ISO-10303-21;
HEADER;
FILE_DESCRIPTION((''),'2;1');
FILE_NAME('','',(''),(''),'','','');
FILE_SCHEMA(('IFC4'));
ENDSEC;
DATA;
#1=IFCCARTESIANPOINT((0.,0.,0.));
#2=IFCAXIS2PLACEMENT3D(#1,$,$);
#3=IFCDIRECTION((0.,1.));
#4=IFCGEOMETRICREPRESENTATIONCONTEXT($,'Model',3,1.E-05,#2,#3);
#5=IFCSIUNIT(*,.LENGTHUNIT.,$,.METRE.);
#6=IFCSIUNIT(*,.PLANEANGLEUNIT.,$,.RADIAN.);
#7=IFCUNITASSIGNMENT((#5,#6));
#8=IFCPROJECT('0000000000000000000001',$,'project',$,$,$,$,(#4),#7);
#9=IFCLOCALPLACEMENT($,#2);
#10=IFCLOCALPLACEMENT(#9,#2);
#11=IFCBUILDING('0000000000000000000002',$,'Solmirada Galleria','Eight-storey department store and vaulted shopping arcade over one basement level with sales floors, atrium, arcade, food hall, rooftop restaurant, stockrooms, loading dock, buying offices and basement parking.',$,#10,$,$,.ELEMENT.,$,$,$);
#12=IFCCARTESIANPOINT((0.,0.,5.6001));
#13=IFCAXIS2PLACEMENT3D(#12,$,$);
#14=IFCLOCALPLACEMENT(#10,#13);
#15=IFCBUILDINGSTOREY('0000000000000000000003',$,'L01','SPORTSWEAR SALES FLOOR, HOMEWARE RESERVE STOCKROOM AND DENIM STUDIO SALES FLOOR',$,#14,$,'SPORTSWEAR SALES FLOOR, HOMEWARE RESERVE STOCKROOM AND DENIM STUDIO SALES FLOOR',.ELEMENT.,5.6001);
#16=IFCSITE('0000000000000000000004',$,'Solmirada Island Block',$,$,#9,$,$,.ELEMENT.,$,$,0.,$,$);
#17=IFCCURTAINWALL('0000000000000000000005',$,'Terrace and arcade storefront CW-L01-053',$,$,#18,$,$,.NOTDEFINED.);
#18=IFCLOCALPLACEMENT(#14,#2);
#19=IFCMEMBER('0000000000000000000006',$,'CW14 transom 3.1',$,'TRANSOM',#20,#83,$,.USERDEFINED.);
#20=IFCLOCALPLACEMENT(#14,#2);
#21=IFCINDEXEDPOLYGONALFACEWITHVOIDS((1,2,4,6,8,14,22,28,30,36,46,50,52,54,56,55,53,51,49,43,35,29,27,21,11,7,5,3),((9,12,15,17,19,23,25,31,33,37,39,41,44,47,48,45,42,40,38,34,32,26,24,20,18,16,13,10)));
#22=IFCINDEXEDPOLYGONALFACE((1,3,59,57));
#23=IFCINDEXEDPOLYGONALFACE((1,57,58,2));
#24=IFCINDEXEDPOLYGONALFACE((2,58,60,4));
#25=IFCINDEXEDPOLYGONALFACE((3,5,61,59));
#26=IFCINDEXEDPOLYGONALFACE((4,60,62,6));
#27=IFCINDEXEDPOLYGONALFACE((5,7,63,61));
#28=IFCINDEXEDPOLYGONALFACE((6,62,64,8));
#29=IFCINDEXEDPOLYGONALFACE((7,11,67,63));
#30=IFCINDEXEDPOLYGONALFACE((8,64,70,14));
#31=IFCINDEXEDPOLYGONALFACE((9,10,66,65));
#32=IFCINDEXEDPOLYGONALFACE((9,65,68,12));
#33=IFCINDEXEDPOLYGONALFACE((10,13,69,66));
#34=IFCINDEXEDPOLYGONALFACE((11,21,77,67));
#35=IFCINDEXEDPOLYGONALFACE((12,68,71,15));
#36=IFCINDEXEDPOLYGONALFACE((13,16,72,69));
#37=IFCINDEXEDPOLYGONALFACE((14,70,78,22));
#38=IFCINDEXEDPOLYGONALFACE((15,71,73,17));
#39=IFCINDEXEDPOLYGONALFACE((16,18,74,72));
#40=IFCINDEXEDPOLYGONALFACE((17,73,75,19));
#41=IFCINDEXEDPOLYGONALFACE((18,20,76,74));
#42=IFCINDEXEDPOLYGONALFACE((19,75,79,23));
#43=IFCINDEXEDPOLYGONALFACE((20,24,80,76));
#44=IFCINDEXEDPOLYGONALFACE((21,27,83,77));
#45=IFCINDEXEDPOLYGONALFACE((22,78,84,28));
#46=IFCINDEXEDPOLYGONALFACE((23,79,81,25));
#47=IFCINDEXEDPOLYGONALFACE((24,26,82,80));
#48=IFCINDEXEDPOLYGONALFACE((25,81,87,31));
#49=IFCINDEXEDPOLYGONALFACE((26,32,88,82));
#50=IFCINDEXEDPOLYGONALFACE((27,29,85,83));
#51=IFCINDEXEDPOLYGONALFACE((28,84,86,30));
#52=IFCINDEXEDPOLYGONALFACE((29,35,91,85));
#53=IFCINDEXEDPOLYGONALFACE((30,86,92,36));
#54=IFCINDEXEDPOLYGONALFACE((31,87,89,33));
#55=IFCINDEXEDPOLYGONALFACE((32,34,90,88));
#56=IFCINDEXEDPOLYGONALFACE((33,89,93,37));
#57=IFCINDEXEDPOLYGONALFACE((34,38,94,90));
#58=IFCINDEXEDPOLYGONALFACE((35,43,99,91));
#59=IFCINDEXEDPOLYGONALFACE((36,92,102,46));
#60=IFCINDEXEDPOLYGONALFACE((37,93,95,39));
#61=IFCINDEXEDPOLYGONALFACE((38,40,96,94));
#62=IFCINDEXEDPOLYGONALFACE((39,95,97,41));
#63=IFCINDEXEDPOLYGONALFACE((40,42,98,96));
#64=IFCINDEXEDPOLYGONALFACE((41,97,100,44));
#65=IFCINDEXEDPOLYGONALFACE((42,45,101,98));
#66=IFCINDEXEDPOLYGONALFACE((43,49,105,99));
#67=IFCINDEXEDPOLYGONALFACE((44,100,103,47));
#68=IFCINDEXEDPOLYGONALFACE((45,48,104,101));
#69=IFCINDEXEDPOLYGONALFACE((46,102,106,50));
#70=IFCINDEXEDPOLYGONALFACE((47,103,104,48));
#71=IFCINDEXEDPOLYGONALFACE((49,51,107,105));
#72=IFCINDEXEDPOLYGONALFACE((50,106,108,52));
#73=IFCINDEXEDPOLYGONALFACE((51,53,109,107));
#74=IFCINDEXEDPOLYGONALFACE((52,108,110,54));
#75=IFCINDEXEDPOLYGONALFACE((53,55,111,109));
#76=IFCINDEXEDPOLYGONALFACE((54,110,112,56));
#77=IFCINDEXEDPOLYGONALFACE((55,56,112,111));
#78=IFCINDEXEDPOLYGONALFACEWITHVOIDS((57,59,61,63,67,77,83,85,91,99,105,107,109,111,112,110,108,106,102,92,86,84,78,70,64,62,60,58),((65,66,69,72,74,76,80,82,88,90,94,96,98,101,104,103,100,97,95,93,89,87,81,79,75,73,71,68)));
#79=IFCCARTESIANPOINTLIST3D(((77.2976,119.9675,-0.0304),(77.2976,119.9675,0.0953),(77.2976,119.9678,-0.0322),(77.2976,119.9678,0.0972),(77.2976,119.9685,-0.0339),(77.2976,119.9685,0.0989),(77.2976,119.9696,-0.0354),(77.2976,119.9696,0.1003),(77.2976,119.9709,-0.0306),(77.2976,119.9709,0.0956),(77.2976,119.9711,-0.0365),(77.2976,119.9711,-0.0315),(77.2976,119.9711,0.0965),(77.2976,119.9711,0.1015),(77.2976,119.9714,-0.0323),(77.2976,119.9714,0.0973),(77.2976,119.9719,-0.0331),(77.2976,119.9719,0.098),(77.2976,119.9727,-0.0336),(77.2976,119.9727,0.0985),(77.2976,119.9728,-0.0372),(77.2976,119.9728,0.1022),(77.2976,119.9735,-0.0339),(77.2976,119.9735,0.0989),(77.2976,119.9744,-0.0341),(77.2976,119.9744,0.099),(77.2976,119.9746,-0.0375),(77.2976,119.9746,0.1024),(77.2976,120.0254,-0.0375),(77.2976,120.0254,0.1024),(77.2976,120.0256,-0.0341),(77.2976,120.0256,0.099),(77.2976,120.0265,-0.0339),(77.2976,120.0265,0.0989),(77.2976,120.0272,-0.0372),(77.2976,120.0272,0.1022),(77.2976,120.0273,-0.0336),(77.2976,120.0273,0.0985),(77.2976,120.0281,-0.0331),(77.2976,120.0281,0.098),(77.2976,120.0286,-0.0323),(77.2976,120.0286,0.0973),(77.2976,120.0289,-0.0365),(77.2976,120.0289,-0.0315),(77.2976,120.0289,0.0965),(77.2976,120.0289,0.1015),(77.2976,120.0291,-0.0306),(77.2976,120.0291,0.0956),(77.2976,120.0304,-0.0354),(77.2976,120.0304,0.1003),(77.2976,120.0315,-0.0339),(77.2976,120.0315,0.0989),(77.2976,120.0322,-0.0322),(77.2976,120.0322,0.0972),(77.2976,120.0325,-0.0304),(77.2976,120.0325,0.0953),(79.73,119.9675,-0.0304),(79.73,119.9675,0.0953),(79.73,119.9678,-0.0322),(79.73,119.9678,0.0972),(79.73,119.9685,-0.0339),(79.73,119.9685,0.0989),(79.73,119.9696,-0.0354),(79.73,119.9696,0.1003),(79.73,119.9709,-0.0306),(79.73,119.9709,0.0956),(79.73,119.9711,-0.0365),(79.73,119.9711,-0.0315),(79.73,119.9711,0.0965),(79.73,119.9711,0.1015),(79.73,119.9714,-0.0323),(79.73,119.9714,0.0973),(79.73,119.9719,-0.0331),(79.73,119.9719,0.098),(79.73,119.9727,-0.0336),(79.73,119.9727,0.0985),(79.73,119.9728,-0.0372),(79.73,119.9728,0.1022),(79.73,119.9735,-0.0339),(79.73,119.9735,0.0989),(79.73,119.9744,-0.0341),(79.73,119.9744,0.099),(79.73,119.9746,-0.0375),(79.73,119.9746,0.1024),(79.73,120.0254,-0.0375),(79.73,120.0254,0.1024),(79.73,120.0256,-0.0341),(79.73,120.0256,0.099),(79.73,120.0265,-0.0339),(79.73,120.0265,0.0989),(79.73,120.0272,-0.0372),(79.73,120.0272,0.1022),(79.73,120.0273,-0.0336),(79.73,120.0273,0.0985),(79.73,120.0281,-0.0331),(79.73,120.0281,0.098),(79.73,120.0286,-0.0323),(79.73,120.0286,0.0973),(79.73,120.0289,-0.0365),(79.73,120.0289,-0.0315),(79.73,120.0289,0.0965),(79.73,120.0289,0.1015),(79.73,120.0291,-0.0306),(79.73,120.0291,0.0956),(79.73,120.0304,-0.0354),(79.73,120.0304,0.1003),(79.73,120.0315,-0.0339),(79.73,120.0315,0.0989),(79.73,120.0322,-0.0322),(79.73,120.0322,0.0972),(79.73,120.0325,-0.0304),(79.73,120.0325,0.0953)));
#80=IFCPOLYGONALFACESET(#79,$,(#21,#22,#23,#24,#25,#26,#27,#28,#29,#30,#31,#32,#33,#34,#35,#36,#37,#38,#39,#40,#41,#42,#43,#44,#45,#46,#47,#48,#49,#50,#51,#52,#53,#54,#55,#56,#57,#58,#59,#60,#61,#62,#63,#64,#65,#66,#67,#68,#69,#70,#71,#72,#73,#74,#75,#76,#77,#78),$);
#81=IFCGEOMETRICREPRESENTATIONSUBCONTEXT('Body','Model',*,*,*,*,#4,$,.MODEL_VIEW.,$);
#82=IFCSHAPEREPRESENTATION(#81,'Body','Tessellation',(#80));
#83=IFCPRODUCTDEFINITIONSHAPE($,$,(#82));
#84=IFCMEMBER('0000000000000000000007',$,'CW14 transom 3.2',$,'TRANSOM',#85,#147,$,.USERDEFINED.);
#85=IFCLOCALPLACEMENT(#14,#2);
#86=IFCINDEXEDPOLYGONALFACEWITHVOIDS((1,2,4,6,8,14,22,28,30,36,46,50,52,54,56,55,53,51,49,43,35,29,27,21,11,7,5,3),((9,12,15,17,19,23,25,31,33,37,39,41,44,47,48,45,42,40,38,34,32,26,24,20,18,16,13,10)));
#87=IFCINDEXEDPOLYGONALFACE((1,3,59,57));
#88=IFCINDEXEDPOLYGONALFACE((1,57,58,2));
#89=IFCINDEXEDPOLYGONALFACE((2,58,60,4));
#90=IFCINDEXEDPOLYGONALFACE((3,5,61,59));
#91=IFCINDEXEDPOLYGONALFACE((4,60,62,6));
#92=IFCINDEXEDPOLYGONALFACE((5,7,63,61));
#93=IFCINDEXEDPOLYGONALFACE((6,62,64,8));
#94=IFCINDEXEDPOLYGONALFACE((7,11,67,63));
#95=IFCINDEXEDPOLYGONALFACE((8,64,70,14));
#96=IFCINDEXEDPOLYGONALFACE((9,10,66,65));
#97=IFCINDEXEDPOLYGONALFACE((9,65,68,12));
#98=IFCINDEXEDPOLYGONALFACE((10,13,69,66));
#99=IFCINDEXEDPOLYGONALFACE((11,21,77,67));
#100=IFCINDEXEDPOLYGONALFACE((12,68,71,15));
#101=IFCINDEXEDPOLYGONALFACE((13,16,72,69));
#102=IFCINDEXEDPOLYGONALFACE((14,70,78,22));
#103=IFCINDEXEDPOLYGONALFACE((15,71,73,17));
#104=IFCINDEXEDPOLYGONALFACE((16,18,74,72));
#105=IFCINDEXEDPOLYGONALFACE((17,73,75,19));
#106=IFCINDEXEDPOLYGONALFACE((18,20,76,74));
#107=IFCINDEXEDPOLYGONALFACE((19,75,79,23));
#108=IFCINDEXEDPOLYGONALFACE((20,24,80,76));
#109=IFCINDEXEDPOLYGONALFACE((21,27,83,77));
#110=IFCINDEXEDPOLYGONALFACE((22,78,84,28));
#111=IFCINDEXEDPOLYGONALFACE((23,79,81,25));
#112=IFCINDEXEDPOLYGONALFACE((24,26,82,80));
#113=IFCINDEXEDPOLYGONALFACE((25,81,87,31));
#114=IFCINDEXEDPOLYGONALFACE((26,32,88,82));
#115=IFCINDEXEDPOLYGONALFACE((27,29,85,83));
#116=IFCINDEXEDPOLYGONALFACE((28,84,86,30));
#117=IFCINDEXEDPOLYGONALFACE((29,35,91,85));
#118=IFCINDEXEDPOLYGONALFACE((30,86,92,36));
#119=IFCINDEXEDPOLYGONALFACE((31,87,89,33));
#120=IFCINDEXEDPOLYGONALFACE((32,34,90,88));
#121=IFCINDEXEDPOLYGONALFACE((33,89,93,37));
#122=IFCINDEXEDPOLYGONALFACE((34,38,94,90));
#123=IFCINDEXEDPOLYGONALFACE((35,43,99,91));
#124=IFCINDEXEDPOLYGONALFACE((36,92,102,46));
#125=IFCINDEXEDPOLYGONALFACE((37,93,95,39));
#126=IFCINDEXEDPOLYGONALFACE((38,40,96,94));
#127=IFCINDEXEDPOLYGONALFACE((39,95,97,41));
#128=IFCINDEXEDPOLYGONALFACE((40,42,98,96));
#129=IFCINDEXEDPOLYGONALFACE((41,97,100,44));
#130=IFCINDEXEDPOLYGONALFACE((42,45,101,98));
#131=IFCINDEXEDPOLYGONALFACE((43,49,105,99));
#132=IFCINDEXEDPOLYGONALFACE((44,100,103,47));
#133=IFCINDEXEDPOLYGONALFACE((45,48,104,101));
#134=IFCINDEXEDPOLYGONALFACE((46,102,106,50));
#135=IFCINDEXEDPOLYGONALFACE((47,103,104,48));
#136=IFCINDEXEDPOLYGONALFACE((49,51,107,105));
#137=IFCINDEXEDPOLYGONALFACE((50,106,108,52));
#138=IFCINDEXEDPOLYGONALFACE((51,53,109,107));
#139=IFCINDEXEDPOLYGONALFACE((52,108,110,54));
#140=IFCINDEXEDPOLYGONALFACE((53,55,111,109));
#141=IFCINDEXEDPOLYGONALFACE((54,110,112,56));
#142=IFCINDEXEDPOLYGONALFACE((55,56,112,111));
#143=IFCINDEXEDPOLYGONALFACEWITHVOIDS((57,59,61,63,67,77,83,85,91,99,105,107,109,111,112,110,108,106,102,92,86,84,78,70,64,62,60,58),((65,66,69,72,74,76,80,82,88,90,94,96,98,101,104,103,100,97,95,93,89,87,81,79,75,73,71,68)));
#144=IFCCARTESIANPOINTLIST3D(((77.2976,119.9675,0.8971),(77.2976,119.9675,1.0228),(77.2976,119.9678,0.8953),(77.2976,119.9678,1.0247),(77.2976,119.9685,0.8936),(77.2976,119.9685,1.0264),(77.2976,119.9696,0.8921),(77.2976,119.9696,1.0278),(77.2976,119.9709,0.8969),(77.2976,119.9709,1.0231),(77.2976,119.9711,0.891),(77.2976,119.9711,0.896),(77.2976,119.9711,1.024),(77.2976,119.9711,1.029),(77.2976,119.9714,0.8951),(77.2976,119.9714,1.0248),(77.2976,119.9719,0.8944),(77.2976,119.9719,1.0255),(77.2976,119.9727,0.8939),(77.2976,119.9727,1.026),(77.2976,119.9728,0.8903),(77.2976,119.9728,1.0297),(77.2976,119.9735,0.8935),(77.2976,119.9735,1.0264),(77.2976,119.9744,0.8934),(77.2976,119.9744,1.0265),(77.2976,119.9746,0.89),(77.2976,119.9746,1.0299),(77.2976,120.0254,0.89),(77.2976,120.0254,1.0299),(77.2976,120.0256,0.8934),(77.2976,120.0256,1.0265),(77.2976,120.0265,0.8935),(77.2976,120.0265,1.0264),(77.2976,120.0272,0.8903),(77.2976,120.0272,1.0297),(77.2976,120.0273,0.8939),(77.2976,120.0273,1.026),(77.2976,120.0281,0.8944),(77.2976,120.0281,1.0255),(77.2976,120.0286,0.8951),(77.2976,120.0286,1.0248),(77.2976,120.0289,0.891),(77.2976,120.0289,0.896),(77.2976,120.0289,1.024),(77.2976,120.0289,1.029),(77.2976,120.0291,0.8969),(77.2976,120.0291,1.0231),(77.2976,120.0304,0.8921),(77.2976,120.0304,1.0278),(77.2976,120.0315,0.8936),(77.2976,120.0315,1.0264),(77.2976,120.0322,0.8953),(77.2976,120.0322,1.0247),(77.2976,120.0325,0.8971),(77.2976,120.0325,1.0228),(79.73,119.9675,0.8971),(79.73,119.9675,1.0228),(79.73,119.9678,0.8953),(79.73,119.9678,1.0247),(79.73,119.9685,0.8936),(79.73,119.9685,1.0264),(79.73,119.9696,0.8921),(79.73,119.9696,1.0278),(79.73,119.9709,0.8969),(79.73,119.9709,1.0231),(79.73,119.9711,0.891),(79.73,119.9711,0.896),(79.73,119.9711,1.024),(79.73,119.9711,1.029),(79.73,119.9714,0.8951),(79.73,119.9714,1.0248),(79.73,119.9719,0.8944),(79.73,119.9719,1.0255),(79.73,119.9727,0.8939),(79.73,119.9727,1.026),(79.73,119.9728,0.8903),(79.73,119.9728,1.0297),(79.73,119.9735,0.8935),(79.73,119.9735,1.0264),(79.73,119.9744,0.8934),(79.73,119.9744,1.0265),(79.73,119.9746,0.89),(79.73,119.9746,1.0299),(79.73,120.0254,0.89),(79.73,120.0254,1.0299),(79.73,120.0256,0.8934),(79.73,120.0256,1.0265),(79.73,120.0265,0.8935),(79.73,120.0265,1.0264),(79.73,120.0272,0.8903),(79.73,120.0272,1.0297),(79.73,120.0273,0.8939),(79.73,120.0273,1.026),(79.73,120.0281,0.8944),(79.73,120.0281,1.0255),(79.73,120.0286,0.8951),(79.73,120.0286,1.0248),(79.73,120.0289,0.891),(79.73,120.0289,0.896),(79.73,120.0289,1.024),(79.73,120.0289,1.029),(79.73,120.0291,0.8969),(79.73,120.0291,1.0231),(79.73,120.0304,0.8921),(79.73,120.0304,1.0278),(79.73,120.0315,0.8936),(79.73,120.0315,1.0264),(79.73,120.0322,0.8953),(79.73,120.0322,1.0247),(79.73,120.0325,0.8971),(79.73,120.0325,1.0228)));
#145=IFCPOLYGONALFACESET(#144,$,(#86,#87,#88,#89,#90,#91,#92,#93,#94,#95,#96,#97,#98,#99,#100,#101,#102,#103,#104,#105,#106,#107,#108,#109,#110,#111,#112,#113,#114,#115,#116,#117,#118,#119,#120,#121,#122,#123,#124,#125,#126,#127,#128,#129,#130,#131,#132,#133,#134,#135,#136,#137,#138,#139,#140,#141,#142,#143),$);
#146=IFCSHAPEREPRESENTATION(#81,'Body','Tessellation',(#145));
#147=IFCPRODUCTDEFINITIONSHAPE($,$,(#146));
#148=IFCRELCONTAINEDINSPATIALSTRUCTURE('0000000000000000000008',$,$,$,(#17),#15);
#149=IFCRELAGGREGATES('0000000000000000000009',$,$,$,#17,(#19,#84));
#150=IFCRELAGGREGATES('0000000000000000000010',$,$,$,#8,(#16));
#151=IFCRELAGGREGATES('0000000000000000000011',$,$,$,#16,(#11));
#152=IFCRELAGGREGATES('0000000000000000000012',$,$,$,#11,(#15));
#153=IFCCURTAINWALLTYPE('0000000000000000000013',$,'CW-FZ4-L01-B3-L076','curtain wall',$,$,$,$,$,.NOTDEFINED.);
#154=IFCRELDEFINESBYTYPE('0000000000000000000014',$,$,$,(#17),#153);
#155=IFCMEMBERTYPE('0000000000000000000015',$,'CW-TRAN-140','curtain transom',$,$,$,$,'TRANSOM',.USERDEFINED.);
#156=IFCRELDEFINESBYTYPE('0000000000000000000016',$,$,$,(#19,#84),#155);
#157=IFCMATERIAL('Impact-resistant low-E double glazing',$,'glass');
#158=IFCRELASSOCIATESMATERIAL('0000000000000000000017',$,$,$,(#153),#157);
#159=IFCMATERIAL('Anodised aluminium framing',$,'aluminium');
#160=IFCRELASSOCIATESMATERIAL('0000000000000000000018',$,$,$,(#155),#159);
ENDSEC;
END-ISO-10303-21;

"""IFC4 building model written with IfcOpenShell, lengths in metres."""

from ifc_helpers import new_model, si_unit, direction, frame, origin, origin_2d, place, context, subcontext, project, spatial, hollow_rectangle, extrude, material, material_profile, profile_set, type_object, element, aggregate, save


model = new_model("IFC4")

# Units and contexts
model_context = context("Model", 3, precision=1e-05, world=origin(), true_north=direction((0.0, 1.0)))
body_context = subcontext(model_context, "Body", "Model", "MODEL_VIEW")
ifc_project = project(units=[si_unit("LENGTHUNIT", "METRE"), si_unit("PLANEANGLEUNIT", "RADIAN")], contexts=[model_context])

# Site, building, storey
site_placement = place(None, origin())
site = spatial("IfcSite", under=ifc_project, at=site_placement, Name="Solmirada Island Block", CompositionType="ELEMENT", RefElevation=0.0)
building_placement = place(site_placement, origin())
building = spatial("IfcBuilding", under=site, at=building_placement, Name="Solmirada Galleria", Description="Eight-storey department store and vaulted shopping arcade over one basement level with sales floors, atrium, arcade, food hall, rooftop restaurant, stockrooms, loading dock, buying offices and basement parking.", CompositionType="ELEMENT")
storey_placement = place(building_placement, frame((0.0, 0.0, 5.6001)))
storey = spatial("IfcBuildingStorey", under=building, at=storey_placement, Name="L01", Description="SPORTSWEAR SALES FLOOR, HOMEWARE RESERVE STOCKROOM AND DENIM STUDIO SALES FLOOR", LongName="SPORTSWEAR SALES FLOOR, HOMEWARE RESERVE STOCKROOM AND DENIM STUDIO SALES FLOOR", CompositionType="ELEMENT", Elevation=5.6001)

# Curtain wall, members
ifc_material_1 = material(Name="Impact-resistant low-E double glazing", Category="glass")
curtain_wall_type = type_object("IfcCurtainWallType", Name="CW-FZ4-L01-B3-L076", Description="curtain wall", PredefinedType="NOTDEFINED", material=ifc_material_1)
curtain_wall_placement = place(storey_placement, origin())
curtain_wall = element("IfcCurtainWall", 1, at=curtain_wall_placement, inside=storey, type_object=curtain_wall_type, Name="Terrace and arcade storefront CW-L01-053", PredefinedType="NOTDEFINED")
ifc_material_2 = material(Name="Anodised aluminium framing", Category="aluminium")
ifc_material_profile_1 = material_profile(ifc_material_2, hollow_rectangle(XDim=0.0649, YDim=0.1399, WallThickness=0.0034, InnerFilletRadius=0.0034, OuterFilletRadius=0.0071, at=origin_2d()), Name="ALU-TRAN-140X65")
ifc_profile_set_1 = profile_set([ifc_material_profile_1], Name="Anodised aluminium framing")
member_type_1 = type_object("IfcMemberType", Name="CW-TRAN-140", Description="curtain transom", ElementType="TRANSOM", PredefinedType="USERDEFINED", material=ifc_profile_set_1)
member_1_placement = place(storey_placement, frame((77.2976, 120.0, 0.0325), z_axis=(1.0, 0.0, 0.0), x_axis=(0.0, 1.0, 0.0)))
member_1 = element("IfcMember", 2, at=member_1_placement, type_object=member_type_1, Name="CW14 transom 3.1", ObjectType="TRANSOM", PredefinedType="USERDEFINED", context=body_context, shape_type="SweptSolid", body=[
    extrude(hollow_rectangle(XDim=0.0649, YDim=0.1399, WallThickness=0.0034, InnerFilletRadius=0.0034, OuterFilletRadius=0.0071, at=origin_2d()), origin(), (0.0, 0.0, 1.0), 2.4324),
])
member_2_placement = place(storey_placement, frame((77.2976, 120.0, 0.96), z_axis=(1.0, 0.0, 0.0), x_axis=(0.0, 1.0, 0.0)))
member_2 = element("IfcMember", 3, at=member_2_placement, type_object=member_type_1, Name="CW14 transom 3.2", ObjectType="TRANSOM", PredefinedType="USERDEFINED", context=body_context, shape_type="SweptSolid", body=[
    extrude(hollow_rectangle(XDim=0.0649, YDim=0.1399, WallThickness=0.0034, InnerFilletRadius=0.0034, OuterFilletRadius=0.0071, at=origin_2d()), origin(), (0.0, 0.0, 1.0), 2.4324),
])

aggregate(curtain_wall, [member_1, member_2])

save(model, "model.ifc")
